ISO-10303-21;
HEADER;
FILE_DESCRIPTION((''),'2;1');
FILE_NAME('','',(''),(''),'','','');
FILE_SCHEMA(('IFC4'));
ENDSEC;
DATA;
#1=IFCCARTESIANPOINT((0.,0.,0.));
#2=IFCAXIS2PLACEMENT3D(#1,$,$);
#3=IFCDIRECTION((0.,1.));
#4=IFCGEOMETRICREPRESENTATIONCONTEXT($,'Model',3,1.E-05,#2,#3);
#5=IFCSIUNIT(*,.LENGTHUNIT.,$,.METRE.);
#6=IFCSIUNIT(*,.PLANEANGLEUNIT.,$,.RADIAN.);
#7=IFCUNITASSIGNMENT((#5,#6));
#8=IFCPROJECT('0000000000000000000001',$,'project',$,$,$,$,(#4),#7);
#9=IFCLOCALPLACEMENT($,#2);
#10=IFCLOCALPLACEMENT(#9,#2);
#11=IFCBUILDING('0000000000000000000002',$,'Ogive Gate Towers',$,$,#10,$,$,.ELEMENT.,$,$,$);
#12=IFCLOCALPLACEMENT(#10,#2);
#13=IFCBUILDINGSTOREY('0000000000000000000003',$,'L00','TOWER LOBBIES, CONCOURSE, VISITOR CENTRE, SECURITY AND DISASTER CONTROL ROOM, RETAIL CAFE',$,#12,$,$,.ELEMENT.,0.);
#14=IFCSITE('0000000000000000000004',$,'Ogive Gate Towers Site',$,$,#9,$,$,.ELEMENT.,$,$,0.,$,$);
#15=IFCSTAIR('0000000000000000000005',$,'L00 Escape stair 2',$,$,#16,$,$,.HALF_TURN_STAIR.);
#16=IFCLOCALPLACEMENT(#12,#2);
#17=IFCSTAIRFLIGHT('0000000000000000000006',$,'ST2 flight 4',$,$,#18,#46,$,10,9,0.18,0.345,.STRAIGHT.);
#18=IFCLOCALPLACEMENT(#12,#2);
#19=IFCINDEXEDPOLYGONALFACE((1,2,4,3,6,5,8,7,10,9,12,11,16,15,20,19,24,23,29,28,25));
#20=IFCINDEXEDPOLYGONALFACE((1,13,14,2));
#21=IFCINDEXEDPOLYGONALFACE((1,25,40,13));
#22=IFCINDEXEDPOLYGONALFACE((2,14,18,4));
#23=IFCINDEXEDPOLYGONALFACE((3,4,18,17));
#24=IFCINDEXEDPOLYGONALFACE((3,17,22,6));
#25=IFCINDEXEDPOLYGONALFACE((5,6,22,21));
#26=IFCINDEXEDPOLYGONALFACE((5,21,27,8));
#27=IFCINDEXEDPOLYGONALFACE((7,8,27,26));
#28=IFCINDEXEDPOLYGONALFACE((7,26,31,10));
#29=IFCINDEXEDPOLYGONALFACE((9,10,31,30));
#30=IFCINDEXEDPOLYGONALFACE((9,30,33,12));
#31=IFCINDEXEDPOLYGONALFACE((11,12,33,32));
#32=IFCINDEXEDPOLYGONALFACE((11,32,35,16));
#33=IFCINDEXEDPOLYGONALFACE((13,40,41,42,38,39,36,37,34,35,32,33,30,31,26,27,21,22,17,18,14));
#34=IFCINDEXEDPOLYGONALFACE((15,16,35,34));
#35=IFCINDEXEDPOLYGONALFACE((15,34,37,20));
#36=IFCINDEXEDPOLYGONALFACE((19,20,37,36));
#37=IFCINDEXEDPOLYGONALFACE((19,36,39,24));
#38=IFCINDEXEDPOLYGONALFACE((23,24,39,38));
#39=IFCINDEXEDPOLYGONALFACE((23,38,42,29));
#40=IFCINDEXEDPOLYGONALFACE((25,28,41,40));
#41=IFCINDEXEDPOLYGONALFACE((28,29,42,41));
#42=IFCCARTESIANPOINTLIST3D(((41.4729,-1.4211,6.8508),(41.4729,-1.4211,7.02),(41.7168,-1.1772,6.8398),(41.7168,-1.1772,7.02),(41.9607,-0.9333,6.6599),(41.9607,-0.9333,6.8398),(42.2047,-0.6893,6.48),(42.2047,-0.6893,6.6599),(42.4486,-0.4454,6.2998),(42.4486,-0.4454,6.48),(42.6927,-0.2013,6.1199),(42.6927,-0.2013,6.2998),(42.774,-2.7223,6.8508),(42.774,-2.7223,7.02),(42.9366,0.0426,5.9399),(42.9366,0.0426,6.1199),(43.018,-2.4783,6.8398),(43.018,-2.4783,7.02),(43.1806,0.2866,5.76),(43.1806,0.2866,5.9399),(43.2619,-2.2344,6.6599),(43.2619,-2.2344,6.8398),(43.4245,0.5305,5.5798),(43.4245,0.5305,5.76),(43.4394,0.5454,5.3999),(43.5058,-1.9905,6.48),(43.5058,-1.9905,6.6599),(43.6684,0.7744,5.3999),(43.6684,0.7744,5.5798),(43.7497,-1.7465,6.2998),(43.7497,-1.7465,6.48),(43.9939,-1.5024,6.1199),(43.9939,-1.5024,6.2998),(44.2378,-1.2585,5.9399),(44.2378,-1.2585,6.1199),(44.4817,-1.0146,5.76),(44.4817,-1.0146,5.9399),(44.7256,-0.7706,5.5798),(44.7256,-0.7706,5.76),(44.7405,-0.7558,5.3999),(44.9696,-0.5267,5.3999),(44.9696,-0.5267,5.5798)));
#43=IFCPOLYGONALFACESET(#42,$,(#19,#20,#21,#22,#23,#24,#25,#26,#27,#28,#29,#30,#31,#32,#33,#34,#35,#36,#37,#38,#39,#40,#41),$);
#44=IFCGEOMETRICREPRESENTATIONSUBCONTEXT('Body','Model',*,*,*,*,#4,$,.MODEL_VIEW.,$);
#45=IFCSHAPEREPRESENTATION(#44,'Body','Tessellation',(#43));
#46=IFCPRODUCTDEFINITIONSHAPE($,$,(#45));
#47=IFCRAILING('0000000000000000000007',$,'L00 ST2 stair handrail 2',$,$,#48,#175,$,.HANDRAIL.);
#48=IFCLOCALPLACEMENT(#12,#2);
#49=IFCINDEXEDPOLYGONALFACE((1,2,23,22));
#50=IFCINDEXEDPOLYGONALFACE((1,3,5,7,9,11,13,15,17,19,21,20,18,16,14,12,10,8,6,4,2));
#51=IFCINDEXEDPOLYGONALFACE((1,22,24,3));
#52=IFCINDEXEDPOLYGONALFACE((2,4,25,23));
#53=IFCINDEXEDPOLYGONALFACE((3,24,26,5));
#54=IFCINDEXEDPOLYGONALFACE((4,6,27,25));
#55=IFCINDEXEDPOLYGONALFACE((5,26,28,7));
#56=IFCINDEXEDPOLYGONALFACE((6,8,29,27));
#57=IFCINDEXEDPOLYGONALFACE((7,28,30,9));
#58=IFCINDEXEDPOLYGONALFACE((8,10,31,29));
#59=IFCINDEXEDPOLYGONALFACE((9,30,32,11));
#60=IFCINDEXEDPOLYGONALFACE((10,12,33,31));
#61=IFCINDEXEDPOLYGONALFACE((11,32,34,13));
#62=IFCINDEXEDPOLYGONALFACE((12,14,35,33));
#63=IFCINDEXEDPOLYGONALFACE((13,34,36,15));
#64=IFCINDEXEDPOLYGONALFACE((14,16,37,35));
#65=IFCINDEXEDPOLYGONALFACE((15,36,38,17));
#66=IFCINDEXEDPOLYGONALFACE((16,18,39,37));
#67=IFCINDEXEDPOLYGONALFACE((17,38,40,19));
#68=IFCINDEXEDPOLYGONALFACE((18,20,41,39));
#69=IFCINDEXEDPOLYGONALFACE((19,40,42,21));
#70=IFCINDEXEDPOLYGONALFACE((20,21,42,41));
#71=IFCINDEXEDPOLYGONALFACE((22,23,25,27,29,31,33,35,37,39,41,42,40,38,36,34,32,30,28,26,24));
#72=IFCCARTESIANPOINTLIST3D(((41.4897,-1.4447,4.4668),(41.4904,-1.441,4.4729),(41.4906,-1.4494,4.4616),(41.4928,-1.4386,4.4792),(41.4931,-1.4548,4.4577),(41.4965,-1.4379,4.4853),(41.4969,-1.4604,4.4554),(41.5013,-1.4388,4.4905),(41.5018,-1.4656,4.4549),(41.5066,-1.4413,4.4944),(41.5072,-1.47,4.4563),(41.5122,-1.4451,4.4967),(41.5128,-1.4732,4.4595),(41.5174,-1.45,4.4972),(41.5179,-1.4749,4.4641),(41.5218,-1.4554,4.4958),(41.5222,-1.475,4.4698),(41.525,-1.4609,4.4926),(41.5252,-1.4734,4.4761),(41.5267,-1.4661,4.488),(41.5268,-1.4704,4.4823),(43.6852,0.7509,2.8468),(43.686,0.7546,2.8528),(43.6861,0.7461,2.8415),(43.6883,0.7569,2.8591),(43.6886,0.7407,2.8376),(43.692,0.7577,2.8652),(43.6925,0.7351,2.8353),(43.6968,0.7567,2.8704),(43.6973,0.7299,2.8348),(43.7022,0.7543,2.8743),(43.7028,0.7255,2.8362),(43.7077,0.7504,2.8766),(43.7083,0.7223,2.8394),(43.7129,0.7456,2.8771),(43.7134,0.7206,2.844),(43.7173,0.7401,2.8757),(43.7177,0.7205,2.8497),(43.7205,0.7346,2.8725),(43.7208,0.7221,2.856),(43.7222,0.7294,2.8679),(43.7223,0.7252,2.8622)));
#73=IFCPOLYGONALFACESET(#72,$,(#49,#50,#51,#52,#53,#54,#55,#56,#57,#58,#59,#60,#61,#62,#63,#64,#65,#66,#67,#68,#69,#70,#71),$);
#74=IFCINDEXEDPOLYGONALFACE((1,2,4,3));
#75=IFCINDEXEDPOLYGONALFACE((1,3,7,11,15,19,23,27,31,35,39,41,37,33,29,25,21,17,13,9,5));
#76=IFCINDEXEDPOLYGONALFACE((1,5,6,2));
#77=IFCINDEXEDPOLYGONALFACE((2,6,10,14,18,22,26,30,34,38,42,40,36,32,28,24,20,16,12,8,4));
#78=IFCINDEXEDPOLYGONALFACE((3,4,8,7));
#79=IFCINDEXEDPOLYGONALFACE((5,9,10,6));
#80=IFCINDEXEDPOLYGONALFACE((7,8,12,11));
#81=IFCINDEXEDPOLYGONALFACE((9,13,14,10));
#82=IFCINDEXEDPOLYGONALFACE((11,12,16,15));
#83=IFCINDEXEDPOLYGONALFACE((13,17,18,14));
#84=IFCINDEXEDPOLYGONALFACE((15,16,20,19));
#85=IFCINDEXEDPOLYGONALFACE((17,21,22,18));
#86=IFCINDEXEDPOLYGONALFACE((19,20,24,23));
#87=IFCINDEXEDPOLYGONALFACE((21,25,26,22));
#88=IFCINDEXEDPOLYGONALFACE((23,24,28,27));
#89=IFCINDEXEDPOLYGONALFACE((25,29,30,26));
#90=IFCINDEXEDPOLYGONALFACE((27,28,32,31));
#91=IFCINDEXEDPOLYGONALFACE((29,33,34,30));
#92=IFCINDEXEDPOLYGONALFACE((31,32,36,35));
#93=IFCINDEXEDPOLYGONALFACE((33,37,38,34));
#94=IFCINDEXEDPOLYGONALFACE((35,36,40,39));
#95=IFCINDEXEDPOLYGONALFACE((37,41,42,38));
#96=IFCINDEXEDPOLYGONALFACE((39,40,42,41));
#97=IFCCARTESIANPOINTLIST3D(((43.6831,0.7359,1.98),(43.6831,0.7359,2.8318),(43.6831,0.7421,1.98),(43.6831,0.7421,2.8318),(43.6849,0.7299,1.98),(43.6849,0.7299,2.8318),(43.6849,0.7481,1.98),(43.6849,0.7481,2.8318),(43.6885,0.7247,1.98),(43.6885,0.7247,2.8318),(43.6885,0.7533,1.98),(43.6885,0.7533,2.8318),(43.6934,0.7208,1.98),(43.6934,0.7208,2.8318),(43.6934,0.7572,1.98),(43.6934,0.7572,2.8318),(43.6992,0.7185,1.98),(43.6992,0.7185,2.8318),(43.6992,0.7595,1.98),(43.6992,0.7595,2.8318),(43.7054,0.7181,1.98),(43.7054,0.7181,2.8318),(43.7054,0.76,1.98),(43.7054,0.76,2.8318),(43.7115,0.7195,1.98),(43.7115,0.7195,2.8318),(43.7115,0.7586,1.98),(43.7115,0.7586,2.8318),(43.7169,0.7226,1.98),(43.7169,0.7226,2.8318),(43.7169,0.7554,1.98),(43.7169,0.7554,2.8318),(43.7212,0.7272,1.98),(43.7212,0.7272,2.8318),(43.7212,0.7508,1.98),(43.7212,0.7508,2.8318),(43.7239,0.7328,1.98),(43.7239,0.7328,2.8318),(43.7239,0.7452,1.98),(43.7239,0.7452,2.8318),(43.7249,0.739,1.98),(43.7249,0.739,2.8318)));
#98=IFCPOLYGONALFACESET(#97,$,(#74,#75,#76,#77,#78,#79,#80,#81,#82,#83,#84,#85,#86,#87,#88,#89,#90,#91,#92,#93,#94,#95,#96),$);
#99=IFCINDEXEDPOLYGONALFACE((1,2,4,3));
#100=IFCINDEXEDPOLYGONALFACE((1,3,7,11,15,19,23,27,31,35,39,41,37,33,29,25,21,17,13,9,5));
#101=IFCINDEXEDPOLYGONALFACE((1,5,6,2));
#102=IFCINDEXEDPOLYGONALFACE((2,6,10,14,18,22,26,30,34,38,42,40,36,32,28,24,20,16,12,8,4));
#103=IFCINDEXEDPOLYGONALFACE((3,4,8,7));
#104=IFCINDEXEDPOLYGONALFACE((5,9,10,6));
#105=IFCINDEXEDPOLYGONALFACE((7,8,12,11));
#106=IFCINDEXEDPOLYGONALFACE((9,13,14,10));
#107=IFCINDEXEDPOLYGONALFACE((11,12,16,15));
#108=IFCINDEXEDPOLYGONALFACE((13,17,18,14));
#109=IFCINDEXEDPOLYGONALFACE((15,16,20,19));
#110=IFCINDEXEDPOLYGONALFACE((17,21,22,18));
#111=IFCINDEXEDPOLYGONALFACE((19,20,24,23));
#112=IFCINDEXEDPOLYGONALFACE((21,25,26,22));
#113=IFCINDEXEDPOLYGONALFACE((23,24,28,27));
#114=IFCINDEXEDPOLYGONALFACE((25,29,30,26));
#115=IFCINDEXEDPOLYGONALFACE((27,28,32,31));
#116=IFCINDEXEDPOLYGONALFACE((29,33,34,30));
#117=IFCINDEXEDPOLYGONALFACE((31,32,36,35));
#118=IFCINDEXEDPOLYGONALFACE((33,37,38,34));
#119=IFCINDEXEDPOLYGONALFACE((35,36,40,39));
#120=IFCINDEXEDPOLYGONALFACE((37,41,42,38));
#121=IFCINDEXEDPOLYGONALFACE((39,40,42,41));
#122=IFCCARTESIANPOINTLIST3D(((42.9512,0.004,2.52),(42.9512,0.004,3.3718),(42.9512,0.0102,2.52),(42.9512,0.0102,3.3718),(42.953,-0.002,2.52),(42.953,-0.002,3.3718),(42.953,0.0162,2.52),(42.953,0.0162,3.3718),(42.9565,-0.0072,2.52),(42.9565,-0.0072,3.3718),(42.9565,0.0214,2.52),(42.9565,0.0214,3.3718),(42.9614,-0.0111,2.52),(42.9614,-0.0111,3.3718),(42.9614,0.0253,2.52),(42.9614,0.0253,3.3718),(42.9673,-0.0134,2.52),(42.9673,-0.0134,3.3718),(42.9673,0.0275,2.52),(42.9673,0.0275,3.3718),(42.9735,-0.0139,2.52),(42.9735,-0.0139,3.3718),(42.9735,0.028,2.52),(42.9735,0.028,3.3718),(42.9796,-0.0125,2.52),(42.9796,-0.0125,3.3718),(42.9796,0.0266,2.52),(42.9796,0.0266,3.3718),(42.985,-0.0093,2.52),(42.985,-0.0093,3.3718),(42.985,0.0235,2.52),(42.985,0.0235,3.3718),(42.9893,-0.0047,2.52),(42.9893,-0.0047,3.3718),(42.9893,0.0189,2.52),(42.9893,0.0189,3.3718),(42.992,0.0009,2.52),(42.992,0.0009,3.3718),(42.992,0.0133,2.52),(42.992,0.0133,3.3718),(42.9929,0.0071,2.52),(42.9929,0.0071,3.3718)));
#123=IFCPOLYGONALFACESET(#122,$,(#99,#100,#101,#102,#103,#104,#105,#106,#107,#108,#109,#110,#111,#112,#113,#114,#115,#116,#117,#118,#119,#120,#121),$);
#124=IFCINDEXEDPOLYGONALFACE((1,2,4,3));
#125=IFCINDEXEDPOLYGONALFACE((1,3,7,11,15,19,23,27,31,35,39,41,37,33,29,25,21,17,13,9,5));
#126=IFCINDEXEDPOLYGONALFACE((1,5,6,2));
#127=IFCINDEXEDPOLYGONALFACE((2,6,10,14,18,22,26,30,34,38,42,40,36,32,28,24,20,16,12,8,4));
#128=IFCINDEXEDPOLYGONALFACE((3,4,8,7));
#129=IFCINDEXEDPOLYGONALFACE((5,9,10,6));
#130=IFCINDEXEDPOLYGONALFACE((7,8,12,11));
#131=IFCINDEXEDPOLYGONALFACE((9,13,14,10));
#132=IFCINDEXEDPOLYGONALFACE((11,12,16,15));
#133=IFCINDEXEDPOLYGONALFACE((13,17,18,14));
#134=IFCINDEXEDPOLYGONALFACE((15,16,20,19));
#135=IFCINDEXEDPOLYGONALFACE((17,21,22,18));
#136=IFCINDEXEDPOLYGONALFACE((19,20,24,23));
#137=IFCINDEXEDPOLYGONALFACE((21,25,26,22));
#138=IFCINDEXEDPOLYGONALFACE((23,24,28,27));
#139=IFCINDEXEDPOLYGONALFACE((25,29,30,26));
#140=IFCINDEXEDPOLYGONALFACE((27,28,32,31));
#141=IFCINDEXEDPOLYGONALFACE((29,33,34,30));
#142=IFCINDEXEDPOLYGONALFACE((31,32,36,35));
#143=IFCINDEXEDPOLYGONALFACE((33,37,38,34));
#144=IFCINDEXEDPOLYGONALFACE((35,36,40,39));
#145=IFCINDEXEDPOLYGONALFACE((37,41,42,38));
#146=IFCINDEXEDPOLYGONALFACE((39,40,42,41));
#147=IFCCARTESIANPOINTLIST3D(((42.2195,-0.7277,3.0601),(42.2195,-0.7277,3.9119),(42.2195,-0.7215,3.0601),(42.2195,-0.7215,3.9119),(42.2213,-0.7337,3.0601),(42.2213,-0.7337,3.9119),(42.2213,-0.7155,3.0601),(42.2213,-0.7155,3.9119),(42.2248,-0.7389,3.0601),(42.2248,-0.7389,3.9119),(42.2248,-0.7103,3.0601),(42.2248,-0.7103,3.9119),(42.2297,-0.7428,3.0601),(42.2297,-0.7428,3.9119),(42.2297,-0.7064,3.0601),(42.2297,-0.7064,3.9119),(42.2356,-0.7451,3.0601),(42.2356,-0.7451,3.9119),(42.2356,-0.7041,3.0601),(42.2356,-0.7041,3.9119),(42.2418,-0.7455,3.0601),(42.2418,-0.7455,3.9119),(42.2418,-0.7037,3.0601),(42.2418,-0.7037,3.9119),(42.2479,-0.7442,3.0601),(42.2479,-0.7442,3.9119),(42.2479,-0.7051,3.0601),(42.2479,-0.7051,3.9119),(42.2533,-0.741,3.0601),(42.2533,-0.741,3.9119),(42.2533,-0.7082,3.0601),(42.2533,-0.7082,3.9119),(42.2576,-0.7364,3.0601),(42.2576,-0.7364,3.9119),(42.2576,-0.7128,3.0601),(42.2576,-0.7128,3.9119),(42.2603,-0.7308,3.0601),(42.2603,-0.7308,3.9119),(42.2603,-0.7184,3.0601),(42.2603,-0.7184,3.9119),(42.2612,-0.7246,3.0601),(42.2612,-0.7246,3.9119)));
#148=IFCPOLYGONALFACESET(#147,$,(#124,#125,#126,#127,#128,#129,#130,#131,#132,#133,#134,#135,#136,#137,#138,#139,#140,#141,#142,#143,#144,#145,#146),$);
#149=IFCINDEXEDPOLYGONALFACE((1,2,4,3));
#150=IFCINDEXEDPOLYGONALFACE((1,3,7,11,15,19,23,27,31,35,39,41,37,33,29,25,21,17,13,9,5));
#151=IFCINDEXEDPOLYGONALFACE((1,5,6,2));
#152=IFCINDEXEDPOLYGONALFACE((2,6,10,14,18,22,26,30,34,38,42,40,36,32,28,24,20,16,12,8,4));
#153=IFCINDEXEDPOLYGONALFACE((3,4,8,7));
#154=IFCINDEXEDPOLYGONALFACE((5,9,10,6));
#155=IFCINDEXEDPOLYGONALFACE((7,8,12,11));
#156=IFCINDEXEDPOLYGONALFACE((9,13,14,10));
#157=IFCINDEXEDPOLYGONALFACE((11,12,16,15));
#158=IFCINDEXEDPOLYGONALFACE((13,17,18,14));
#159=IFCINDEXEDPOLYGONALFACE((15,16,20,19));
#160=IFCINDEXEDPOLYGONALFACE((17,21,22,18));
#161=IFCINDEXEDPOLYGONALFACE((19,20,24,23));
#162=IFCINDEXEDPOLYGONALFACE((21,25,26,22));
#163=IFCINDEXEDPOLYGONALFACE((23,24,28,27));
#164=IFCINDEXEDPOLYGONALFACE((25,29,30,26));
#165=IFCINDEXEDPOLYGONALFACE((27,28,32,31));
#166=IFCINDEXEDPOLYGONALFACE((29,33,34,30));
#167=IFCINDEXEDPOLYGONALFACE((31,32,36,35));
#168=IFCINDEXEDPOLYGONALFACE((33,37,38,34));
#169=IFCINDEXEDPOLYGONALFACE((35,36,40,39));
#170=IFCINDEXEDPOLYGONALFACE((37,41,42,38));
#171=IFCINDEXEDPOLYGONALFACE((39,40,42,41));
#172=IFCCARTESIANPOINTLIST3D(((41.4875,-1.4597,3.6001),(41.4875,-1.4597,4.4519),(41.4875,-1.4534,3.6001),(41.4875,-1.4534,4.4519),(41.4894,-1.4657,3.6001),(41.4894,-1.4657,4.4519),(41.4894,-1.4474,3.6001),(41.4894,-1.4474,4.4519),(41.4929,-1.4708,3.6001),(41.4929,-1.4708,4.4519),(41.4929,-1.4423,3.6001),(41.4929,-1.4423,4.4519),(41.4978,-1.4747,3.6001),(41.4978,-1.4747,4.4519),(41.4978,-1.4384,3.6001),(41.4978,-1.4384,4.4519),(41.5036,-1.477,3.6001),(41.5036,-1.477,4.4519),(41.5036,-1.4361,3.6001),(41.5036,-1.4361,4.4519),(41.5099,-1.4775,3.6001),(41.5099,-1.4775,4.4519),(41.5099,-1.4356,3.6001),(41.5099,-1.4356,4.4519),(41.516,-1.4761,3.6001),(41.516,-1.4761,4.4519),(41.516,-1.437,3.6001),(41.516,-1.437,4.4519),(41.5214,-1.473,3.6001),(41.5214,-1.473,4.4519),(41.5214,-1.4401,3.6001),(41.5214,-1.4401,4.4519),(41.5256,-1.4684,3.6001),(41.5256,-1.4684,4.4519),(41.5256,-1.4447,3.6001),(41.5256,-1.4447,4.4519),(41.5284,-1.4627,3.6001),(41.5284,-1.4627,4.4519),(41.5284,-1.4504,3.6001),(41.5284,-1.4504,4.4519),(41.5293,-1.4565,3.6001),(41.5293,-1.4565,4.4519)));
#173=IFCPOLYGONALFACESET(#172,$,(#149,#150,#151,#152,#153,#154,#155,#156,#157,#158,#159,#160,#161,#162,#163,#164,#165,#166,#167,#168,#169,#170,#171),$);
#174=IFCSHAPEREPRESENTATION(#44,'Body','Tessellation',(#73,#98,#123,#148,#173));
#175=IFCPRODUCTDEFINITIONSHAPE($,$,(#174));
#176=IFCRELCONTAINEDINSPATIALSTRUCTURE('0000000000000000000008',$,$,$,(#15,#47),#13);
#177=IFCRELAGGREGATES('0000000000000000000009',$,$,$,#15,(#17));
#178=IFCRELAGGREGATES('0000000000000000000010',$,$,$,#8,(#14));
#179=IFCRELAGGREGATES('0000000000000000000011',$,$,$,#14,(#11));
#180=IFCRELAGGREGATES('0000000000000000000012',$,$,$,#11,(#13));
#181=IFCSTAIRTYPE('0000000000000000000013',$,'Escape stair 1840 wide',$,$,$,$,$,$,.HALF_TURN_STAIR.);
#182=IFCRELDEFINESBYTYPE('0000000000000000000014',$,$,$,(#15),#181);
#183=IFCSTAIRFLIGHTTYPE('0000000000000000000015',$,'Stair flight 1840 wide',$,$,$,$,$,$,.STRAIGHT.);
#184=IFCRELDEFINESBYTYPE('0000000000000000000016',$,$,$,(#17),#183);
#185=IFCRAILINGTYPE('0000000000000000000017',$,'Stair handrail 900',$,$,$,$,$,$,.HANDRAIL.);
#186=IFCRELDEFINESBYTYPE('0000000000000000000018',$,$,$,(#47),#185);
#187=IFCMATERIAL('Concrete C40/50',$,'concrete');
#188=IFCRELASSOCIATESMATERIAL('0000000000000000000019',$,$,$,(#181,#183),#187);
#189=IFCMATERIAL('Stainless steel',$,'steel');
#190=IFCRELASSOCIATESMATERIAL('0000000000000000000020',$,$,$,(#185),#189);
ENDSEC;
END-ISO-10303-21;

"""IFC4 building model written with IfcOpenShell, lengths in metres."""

from ifc_helpers import new_model, si_unit, direction, frame, origin, origin_2d, place, context, subcontext, project, spatial, polyline, circle, outline, extrude, material, type_object, element, aggregate, save


model = new_model("IFC4")

# Units and contexts
model_context = context("Model", 3, precision=1e-05, world=origin(), true_north=direction((0.0, 1.0)))
body_context = subcontext(model_context, "Body", "Model", "MODEL_VIEW")
ifc_project = project(units=[si_unit("LENGTHUNIT", "METRE"), si_unit("PLANEANGLEUNIT", "RADIAN")], contexts=[model_context])

# Site, building, storey
site_placement = place(None, origin())
site = spatial("IfcSite", under=ifc_project, at=site_placement, Name="Ogive Gate Towers Site", CompositionType="ELEMENT", RefElevation=0.0)
building_placement = place(site_placement, origin())
building = spatial("IfcBuilding", under=site, at=building_placement, Name="Ogive Gate Towers", CompositionType="ELEMENT")
storey_placement = place(building_placement, origin())
storey = spatial("IfcBuildingStorey", under=building, at=storey_placement, Name="L00", Description="TOWER LOBBIES, CONCOURSE, VISITOR CENTRE, SECURITY AND DISASTER CONTROL ROOM, RETAIL CAFE", CompositionType="ELEMENT", Elevation=0.0)

# Stair, stair flight
ifc_material_1 = material(Name="Concrete C40/50", Category="concrete")
stair_type = type_object("IfcStairType", Name="Escape stair 1840 wide", PredefinedType="HALF_TURN_STAIR", material=ifc_material_1)
stair_placement = place(storey_placement, origin())
stair = element("IfcStair", 1, at=stair_placement, inside=storey, type_object=stair_type, Name="L00 Escape stair 2", PredefinedType="HALF_TURN_STAIR")
stair_flight_type = type_object("IfcStairFlightType", Name="Stair flight 1840 wide", PredefinedType="STRAIGHT", material=ifc_material_1)
stair_flight_1_placement = place(storey_placement, frame((44.3191, 0.1238, 5.3999), z_axis=(0.0, 0.0, 1.0), x_axis=(-0.707107, -0.707107, 0.0)))
stair_flight_1 = element("IfcStairFlight", 2, at=stair_flight_1_placement, type_object=stair_flight_type, Name="ST2 flight 4", NumberOfRisers=10, NumberOfTreads=9, PredefinedType="STRAIGHT", RiserHeight=0.18, TreadLength=0.345, context=body_context, shape_type="SweptSolid", body=[
    extrude(outline(polyline([(0.0, 0.0), (0.0, 0.1799), (0.345, 0.1799), (0.345, 0.3601), (0.6899, 0.3601), (0.6899, 0.54), (1.0349, 0.54), (1.0349, 0.72), (1.3799, 0.72), (1.3799, 0.8999), (1.7251, 0.8999), (1.7251, 1.0801), (2.0701, 1.0801), (2.0701, 1.26), (2.415, 1.26), (2.415, 1.4399), (2.76, 1.4399), (2.76, 1.6201), (3.105, 1.6201), (3.105, 1.8), (3.105, 1.4509), (0.324, 0.0), (0.0, 0.0)])), frame((0.0, 0.9199, 0.0), z_axis=(0.0, -1.0, 0.0), x_axis=(1.0, 0.0, 0.0)), (0.0, 0.0, 1.0), 1.8401),
])
aggregate(stair, [stair_flight_1])

# Railing
ifc_material_2 = material(Name="Stainless steel", Category="steel")
railing_type = type_object("IfcRailingType", Name="Stair handrail 900", PredefinedType="HANDRAIL", material=ifc_material_2)
railing_1_placement = place(storey_placement, frame((43.7039, 0.739, 1.98)))
element("IfcRailing", 3, at=railing_1_placement, inside=storey, type_object=railing_type, Name="L00 ST2 stair handrail 2", PredefinedType="HANDRAIL", context=body_context, shape_type="SweptSolid", body=[
    extrude(circle(Radius=0.0239, at=origin_2d()), frame((0.0, 0.0, 0.876), z_axis=(-0.6269, -0.6269, 0.462594), x_axis=(0.707107, -0.707107, 0.0)), (0.0, 0.0, 1.0), 3.5022),
    extrude(circle(Radius=0.021, at=origin_2d()), origin(), (0.0, 0.0, 1.0), 0.8518),
    extrude(circle(Radius=0.021, at=origin_2d()), frame((-0.7319, -0.7319, 0.54)), (0.0, 0.0, 1.0), 0.8518),
    extrude(circle(Radius=0.021, at=origin_2d()), frame((-1.4636, -1.4636, 1.0801)), (0.0, 0.0, 1.0), 0.8518),
    extrude(circle(Radius=0.021, at=origin_2d()), frame((-2.1956, -2.1956, 1.6201)), (0.0, 0.0, 1.0), 0.8518),
])

save(model, "model.ifc")
